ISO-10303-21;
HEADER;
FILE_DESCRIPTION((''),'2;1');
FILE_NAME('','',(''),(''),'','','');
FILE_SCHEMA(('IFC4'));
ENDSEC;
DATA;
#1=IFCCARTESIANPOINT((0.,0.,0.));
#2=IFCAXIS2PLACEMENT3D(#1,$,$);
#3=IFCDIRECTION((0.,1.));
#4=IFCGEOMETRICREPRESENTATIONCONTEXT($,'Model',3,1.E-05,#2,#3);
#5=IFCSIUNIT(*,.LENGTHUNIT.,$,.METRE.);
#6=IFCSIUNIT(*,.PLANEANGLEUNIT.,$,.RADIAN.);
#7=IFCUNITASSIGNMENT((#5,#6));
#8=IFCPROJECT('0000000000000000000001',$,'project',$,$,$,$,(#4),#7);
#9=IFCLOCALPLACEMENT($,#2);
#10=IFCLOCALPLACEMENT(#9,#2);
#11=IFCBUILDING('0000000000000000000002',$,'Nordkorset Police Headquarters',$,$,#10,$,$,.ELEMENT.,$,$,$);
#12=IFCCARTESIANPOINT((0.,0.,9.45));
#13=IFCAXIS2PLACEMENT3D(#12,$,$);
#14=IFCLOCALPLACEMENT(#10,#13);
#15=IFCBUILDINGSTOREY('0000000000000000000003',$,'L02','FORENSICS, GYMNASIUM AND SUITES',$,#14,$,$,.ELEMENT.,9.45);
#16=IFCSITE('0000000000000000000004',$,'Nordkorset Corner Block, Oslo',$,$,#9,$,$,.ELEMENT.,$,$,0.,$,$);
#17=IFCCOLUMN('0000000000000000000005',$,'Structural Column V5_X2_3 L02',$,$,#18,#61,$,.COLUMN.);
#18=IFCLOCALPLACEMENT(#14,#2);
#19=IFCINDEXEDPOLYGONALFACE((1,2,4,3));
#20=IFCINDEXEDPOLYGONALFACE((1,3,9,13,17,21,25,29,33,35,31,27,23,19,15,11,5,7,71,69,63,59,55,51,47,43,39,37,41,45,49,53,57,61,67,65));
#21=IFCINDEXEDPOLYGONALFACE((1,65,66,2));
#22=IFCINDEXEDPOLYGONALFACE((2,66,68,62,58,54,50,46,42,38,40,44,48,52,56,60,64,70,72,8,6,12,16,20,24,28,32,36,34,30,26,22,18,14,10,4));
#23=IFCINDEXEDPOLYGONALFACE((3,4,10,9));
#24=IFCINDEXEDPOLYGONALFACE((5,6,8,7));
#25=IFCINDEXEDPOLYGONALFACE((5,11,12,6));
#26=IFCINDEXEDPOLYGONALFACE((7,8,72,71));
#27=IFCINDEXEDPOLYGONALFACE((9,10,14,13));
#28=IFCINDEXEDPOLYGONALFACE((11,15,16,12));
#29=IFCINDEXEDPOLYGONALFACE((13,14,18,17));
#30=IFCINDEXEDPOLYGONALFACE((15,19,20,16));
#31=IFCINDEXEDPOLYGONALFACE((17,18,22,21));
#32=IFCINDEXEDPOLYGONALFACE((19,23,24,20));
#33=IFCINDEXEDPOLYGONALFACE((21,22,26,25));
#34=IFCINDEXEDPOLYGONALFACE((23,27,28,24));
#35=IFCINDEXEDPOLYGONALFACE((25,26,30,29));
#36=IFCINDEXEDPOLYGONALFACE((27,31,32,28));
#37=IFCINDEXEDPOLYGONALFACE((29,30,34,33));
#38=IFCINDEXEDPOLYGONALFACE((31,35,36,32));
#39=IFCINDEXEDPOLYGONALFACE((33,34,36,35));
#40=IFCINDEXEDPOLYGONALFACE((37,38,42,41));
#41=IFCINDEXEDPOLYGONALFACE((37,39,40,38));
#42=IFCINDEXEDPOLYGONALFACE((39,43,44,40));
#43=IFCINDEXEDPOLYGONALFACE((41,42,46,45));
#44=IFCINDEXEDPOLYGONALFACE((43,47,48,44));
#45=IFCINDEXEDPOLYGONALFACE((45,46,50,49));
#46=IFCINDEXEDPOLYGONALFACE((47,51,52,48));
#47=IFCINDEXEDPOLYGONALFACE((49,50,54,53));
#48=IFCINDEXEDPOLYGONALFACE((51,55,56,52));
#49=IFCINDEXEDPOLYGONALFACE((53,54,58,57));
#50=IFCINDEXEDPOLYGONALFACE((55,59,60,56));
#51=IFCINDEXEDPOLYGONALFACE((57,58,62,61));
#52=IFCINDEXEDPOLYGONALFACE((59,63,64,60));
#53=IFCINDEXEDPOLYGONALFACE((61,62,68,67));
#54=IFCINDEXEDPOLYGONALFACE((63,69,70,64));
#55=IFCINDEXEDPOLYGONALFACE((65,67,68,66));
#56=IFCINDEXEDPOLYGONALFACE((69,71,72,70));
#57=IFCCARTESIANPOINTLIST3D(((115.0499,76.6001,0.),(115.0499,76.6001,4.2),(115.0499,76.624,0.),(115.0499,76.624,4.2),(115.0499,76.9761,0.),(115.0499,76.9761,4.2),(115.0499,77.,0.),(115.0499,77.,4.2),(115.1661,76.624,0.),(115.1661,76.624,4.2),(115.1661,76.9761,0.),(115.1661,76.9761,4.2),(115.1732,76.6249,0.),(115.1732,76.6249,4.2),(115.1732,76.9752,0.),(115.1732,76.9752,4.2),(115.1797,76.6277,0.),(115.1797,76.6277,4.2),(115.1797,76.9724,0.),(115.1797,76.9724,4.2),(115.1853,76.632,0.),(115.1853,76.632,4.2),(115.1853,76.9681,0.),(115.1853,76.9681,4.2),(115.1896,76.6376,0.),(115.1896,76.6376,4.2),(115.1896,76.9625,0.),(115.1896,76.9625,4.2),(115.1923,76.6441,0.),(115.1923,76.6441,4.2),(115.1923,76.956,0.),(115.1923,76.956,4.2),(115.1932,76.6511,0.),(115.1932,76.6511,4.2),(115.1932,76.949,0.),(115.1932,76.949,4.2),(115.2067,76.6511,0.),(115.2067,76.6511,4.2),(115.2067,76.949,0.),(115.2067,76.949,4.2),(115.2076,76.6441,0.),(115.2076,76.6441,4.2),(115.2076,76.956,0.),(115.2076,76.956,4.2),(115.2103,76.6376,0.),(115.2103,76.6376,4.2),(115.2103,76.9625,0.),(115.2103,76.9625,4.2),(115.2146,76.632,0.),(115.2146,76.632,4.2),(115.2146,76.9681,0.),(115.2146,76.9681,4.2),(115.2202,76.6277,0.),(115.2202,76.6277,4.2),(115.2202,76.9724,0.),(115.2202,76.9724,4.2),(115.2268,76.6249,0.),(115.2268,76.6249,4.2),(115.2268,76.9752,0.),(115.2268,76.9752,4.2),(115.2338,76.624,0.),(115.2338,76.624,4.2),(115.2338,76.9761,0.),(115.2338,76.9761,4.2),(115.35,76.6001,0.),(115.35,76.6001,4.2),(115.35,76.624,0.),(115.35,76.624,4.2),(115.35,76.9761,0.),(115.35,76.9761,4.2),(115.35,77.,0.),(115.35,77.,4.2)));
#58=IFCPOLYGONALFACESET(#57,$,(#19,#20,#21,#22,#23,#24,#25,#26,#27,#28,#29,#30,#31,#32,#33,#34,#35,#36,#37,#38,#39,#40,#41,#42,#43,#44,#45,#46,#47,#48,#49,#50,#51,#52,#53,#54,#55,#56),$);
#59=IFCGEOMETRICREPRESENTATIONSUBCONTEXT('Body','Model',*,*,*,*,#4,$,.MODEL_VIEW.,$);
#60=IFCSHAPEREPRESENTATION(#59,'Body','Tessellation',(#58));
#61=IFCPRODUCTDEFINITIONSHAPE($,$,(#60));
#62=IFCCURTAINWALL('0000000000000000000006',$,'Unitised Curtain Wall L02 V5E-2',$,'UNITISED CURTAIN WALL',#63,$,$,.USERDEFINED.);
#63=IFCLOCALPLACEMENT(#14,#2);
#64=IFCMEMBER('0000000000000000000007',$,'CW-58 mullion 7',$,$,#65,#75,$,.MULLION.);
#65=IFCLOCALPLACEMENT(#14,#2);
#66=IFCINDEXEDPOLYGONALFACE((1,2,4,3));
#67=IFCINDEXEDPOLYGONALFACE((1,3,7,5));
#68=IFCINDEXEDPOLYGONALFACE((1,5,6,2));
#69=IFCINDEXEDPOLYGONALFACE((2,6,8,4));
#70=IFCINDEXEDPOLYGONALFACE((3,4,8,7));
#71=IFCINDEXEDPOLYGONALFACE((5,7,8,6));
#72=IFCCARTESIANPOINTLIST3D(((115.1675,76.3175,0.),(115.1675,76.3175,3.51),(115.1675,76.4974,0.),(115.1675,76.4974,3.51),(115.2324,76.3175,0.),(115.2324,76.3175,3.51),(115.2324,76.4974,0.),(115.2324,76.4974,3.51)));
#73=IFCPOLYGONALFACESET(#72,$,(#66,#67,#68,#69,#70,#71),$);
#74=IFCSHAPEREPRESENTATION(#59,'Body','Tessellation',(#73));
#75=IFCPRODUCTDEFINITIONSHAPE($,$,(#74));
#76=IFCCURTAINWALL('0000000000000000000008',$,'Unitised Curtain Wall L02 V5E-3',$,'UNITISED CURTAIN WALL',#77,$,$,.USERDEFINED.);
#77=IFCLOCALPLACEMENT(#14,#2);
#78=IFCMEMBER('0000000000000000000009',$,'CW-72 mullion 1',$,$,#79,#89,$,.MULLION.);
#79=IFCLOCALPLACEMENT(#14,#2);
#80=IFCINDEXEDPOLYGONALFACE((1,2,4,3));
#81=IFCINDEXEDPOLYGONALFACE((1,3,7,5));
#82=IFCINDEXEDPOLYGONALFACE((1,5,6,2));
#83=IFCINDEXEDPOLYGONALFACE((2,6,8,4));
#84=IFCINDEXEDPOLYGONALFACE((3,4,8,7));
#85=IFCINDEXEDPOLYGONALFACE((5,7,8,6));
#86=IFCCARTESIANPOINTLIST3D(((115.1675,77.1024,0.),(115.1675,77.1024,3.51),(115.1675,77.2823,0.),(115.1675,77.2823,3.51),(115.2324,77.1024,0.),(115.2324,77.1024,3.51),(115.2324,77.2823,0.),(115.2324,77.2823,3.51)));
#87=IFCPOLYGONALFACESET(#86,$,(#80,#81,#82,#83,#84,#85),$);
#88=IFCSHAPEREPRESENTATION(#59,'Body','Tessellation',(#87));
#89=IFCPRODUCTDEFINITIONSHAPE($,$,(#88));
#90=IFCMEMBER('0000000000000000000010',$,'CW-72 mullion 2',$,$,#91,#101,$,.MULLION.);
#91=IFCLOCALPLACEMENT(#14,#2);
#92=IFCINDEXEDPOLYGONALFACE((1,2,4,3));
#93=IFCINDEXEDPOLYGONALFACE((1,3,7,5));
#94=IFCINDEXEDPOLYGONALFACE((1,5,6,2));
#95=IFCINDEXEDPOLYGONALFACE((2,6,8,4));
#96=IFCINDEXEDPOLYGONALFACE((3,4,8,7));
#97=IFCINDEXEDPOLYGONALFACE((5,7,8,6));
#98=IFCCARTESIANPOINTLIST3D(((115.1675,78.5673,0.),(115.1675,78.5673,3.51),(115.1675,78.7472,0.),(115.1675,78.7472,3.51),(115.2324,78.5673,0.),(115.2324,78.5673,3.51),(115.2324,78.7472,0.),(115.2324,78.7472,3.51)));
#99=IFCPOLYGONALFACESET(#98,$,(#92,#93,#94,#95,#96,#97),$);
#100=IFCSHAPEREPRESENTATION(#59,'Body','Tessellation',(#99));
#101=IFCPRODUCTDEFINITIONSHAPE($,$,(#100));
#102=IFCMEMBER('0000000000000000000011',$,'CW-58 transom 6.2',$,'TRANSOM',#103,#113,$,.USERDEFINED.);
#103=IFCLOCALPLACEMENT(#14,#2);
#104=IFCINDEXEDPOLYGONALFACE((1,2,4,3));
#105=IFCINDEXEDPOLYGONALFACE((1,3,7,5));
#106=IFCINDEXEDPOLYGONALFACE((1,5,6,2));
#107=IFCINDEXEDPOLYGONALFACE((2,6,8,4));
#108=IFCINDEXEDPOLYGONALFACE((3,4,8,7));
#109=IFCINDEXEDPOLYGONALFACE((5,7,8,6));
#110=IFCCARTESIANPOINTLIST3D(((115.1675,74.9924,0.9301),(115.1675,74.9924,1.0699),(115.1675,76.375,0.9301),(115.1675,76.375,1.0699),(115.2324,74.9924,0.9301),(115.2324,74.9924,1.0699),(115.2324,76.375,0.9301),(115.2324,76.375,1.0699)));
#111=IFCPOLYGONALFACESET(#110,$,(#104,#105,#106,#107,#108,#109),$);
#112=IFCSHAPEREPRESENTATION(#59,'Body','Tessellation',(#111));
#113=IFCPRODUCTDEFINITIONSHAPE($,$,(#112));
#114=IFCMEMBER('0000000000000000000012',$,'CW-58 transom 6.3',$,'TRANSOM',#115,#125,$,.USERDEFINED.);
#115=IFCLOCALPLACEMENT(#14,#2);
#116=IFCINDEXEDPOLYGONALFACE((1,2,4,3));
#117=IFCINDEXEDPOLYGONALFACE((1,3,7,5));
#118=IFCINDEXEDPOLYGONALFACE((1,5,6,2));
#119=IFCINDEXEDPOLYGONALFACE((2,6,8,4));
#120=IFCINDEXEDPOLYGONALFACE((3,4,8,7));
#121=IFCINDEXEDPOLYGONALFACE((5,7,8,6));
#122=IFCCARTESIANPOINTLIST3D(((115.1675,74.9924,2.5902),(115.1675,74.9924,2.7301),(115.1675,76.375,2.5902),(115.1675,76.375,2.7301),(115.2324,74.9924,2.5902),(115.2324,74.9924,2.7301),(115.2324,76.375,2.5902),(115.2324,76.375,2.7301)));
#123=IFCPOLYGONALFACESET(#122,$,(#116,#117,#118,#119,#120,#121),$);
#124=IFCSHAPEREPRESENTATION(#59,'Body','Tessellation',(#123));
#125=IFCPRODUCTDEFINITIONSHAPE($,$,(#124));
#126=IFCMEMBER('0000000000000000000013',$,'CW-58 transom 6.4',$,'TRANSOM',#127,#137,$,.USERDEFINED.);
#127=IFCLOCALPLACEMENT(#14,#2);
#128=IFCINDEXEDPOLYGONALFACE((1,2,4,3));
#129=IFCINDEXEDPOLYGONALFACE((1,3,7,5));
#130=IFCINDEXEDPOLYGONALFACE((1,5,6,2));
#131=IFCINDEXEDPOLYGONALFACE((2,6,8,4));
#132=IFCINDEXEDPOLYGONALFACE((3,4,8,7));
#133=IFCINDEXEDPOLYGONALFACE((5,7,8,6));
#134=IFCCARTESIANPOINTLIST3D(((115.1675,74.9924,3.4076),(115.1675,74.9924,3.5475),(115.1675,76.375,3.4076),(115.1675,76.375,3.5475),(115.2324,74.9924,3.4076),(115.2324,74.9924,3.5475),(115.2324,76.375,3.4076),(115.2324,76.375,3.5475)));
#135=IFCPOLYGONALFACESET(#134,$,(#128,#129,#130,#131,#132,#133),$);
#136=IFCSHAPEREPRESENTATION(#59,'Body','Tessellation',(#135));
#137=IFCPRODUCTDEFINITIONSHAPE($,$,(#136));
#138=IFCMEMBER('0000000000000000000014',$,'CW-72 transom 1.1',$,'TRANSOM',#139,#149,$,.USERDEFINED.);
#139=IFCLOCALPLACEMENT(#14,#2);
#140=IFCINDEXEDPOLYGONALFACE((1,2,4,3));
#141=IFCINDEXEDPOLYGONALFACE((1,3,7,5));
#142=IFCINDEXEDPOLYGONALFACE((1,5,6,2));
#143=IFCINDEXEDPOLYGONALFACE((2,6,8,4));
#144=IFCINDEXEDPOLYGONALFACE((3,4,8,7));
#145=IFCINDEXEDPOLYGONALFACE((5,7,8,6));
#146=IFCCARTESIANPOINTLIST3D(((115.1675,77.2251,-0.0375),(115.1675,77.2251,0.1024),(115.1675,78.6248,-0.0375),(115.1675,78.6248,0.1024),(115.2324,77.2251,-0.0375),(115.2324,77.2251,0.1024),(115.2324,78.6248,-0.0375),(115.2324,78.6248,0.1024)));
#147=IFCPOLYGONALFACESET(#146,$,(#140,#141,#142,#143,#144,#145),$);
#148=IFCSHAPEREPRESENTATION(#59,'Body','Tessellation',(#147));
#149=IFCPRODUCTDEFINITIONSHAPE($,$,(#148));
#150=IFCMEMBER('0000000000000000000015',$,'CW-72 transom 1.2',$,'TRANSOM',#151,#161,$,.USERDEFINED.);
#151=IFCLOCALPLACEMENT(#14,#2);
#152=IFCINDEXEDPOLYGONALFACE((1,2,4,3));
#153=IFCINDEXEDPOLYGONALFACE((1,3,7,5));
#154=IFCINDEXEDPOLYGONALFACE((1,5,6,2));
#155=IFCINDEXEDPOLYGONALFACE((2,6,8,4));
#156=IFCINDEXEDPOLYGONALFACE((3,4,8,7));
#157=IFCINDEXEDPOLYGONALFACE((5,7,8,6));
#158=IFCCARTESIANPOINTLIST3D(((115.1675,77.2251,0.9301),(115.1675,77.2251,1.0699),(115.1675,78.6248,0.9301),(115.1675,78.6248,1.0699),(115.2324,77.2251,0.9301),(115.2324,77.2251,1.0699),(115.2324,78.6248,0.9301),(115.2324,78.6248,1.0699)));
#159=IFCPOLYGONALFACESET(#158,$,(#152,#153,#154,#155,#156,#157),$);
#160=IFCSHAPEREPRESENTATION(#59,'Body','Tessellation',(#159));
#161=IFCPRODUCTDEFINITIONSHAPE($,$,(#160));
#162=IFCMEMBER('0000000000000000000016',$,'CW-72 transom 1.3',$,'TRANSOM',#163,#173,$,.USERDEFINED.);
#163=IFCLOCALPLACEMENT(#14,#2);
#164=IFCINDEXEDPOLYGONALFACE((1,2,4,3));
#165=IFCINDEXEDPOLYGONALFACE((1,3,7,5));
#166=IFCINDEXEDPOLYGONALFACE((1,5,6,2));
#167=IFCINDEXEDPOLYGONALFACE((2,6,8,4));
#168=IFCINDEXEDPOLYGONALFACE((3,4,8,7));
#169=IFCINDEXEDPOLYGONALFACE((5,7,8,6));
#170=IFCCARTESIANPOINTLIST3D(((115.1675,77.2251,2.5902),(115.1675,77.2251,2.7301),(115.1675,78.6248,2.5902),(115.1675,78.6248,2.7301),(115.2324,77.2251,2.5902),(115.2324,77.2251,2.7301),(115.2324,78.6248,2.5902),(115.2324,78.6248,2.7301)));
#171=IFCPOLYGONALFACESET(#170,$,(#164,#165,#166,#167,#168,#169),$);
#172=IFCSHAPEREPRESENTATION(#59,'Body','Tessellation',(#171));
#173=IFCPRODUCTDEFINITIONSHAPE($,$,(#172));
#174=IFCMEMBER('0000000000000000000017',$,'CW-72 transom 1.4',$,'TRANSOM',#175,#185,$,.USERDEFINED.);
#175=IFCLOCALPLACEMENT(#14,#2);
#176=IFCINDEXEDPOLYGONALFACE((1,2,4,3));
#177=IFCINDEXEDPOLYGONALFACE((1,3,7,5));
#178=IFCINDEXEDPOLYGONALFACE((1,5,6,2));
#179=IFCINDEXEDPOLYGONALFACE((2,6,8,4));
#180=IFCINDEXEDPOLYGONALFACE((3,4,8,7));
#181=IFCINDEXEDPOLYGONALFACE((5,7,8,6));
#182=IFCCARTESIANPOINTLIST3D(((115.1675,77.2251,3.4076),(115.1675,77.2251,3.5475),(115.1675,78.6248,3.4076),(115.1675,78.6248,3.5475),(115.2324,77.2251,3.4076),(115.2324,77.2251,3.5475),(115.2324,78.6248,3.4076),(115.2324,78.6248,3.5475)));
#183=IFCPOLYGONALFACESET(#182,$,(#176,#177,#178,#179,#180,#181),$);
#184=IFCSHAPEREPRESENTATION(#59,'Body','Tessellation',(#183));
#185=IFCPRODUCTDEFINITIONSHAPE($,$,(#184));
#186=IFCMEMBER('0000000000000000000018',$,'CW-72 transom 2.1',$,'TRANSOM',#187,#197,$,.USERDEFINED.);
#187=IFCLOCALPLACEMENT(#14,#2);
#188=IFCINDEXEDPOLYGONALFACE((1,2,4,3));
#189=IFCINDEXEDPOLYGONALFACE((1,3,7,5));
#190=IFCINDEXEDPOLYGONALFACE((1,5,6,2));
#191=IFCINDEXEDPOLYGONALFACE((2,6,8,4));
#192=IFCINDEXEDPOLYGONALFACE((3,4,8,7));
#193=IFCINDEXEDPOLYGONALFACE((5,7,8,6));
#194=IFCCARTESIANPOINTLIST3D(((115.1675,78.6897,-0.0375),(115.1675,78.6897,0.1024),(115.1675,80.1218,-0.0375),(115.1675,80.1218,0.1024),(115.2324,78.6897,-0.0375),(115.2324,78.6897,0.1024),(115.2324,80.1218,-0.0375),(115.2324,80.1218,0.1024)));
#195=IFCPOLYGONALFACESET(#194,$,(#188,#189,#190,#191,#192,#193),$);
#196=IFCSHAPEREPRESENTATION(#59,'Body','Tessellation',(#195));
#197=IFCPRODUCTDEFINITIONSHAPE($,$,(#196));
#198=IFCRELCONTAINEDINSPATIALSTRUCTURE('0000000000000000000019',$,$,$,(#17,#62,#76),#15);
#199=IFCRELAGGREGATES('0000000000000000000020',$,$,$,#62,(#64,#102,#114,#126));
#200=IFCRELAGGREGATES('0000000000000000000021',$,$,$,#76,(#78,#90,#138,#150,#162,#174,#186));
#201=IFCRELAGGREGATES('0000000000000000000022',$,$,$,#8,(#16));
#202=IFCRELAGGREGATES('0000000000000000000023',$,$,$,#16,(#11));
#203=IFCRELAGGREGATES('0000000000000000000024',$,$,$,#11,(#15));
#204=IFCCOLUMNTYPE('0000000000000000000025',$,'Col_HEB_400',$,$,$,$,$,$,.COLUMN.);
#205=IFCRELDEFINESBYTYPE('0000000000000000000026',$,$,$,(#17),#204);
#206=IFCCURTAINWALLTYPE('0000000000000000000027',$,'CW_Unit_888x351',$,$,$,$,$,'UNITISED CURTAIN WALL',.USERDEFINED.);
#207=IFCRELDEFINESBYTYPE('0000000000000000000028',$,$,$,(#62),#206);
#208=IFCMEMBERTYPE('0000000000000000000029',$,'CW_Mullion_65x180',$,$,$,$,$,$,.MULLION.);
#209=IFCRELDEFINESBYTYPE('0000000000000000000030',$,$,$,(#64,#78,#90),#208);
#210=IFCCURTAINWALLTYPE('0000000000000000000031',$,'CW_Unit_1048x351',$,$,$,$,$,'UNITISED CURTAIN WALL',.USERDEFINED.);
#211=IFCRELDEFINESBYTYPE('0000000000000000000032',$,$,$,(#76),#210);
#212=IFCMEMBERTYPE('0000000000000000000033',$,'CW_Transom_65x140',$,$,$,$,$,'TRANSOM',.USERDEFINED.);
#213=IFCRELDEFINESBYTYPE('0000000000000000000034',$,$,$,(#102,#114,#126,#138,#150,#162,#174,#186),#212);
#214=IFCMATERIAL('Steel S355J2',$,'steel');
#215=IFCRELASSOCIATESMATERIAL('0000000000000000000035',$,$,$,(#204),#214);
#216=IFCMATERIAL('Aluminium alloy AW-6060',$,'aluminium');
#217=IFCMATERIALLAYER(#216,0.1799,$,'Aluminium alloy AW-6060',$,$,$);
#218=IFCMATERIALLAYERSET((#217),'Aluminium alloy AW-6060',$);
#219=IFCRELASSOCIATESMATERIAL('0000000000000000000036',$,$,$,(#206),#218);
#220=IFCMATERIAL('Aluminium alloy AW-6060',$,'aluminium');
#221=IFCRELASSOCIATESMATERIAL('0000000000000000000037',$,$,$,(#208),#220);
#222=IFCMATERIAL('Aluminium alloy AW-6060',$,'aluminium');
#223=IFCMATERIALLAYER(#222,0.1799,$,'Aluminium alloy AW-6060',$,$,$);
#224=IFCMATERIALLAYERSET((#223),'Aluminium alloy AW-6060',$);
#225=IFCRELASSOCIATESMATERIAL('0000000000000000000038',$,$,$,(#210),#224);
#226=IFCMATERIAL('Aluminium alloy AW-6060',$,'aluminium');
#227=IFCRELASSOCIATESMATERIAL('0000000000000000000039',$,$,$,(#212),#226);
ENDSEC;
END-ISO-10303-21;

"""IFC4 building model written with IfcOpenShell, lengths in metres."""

from ifc_helpers import new_model, si_unit, direction, frame, origin, origin_2d, place, context, subcontext, project, spatial, rectangle, i_section, extrude, material, layer, layer_set, material_profile, profile_set, type_object, element, aggregate, save


model = new_model("IFC4")

# Units and contexts
model_context = context("Model", 3, precision=1e-05, world=origin(), true_north=direction((0.0, 1.0)))
body_context = subcontext(model_context, "Body", "Model", "MODEL_VIEW")
ifc_project = project(units=[si_unit("LENGTHUNIT", "METRE"), si_unit("PLANEANGLEUNIT", "RADIAN")], contexts=[model_context])

# Site, building, storey
site_placement = place(None, origin())
site = spatial("IfcSite", under=ifc_project, at=site_placement, Name="Nordkorset Corner Block, Oslo", CompositionType="ELEMENT", RefElevation=0.0)
building_placement = place(site_placement, origin())
building = spatial("IfcBuilding", under=site, at=building_placement, Name="Nordkorset Police Headquarters", CompositionType="ELEMENT")
storey_placement = place(building_placement, frame((0.0, 0.0, 9.45)))
storey = spatial("IfcBuildingStorey", under=building, at=storey_placement, Name="L02", Description="FORENSICS, GYMNASIUM AND SUITES", CompositionType="ELEMENT", Elevation=9.45)

# Column
ifc_material_1 = material(Name="Steel S355J2", Category="steel")
ifc_material_profile_1 = material_profile(ifc_material_1, i_section(OverallWidth=0.3, OverallDepth=0.3999, WebThickness=0.0134, FlangeThickness=0.0239, FilletRadius=0.0271, at=origin_2d()), Name="HEB 400")
ifc_profile_set_1 = profile_set([ifc_material_profile_1], Name="Steel S355J2")
column_type = type_object("IfcColumnType", Name="Col_HEB_400", PredefinedType="COLUMN", material=ifc_profile_set_1)
column_placement = place(storey_placement, frame((115.2, 76.8, 0.0), z_axis=(0.0, 0.0, 1.0), x_axis=(1.0, 0.0, 0.0)))
element("IfcColumn", 1, at=column_placement, inside=storey, type_object=column_type, Name="Structural Column V5_X2_3 L02", PredefinedType="COLUMN", context=body_context, shape_type="SweptSolid", body=[
    extrude(i_section(OverallWidth=0.3, OverallDepth=0.3999, WebThickness=0.0134, FlangeThickness=0.0239, FilletRadius=0.0271, at=origin_2d()), origin(), (0.0, 0.0, 1.0), 4.2),
])

# Curtain wall, member
ifc_material_2 = material(Name="Aluminium alloy AW-6060", Category="aluminium")
ifc_layer_1 = layer(ifc_material_2, 0.1799, Name="Aluminium alloy AW-6060")
ifc_layer_set_1 = layer_set([ifc_layer_1], Name="Aluminium alloy AW-6060")
curtain_wall_type_1 = type_object("IfcCurtainWallType", Name="CW_Unit_888x351", ElementType="UNITISED CURTAIN WALL", PredefinedType="USERDEFINED", material=ifc_layer_set_1)
curtain_wall_1_placement = place(storey_placement, origin())
curtain_wall_1 = element("IfcCurtainWall", 2, at=curtain_wall_1_placement, inside=storey, type_object=curtain_wall_type_1, Name="Unitised Curtain Wall L02 V5E-2", ObjectType="UNITISED CURTAIN WALL", PredefinedType="USERDEFINED")
ifc_material_3 = material(Name="Aluminium alloy AW-6060", Category="aluminium")
ifc_material_profile_2 = material_profile(ifc_material_3, rectangle(XDim=0.0649, YDim=0.1799, at=origin_2d()), Name="ALU MULL 65x180")
ifc_profile_set_2 = profile_set([ifc_material_profile_2], Name="Aluminium alloy AW-6060")
member_type_1 = type_object("IfcMemberType", Name="CW_Mullion_65x180", PredefinedType="MULLION", material=ifc_profile_set_2)
member_1_placement = place(storey_placement, frame((115.2, 76.4075, 0.0), z_axis=(0.0, 0.0, 1.0), x_axis=(-1.0, 0.0, 0.0)))
member_1 = element("IfcMember", 3, at=member_1_placement, type_object=member_type_1, Name="CW-58 mullion 7", PredefinedType="MULLION", context=body_context, shape_type="SweptSolid", body=[
    extrude(rectangle(XDim=0.0649, YDim=0.1799, at=origin_2d()), origin(), (0.0, 0.0, 1.0), 3.51),
])

# Curtain wall, members
ifc_material_4 = material(Name="Aluminium alloy AW-6060", Category="aluminium")
ifc_layer_2 = layer(ifc_material_4, 0.1799, Name="Aluminium alloy AW-6060")
ifc_layer_set_2 = layer_set([ifc_layer_2], Name="Aluminium alloy AW-6060")
curtain_wall_type_2 = type_object("IfcCurtainWallType", Name="CW_Unit_1048x351", ElementType="UNITISED CURTAIN WALL", PredefinedType="USERDEFINED", material=ifc_layer_set_2)
curtain_wall_2_placement = place(storey_placement, origin())
curtain_wall_2 = element("IfcCurtainWall", 4, at=curtain_wall_2_placement, inside=storey, type_object=curtain_wall_type_2, Name="Unitised Curtain Wall L02 V5E-3", ObjectType="UNITISED CURTAIN WALL", PredefinedType="USERDEFINED")
member_2_placement = place(storey_placement, frame((115.2, 77.1924, 0.0), z_axis=(0.0, 0.0, 1.0), x_axis=(-1.0, 0.0, 0.0)))
member_2 = element("IfcMember", 5, at=member_2_placement, type_object=member_type_1, Name="CW-72 mullion 1", PredefinedType="MULLION", context=body_context, shape_type="SweptSolid", body=[
    extrude(rectangle(XDim=0.0649, YDim=0.1799, at=origin_2d()), origin(), (0.0, 0.0, 1.0), 3.51),
])
member_3_placement = place(storey_placement, frame((115.2, 78.6572, 0.0), z_axis=(0.0, 0.0, 1.0), x_axis=(-1.0, 0.0, 0.0)))
member_3 = element("IfcMember", 6, at=member_3_placement, type_object=member_type_1, Name="CW-72 mullion 2", PredefinedType="MULLION", context=body_context, shape_type="SweptSolid", body=[
    extrude(rectangle(XDim=0.0649, YDim=0.1799, at=origin_2d()), origin(), (0.0, 0.0, 1.0), 3.51),
])

# Members
ifc_material_5 = material(Name="Aluminium alloy AW-6060", Category="aluminium")
ifc_material_profile_3 = material_profile(ifc_material_5, rectangle(XDim=0.0649, YDim=0.1399, at=origin_2d()), Name="ALU TRAN 65x140")
ifc_profile_set_3 = profile_set([ifc_material_profile_3], Name="Aluminium alloy AW-6060")
member_type_2 = type_object("IfcMemberType", Name="CW_Transom_65x140", ElementType="TRANSOM", PredefinedType="USERDEFINED", material=ifc_profile_set_3)
member_4_placement = place(storey_placement, frame((115.2, 74.9924, 1.0), z_axis=(0.0, 1.0, 0.0), x_axis=(-1.0, 0.0, 0.0)))
member_4 = element("IfcMember", 7, at=member_4_placement, type_object=member_type_2, Name="CW-58 transom 6.2", ObjectType="TRANSOM", PredefinedType="USERDEFINED", context=body_context, shape_type="SweptSolid", body=[
    extrude(rectangle(XDim=0.0649, YDim=0.1399, at=origin_2d()), origin(), (0.0, 0.0, 1.0), 1.3826),
])
member_5_placement = place(storey_placement, frame((115.2, 74.9924, 2.6602), z_axis=(0.0, 1.0, 0.0), x_axis=(-1.0, 0.0, 0.0)))
member_5 = element("IfcMember", 8, at=member_5_placement, type_object=member_type_2, Name="CW-58 transom 6.3", ObjectType="TRANSOM", PredefinedType="USERDEFINED", context=body_context, shape_type="SweptSolid", body=[
    extrude(rectangle(XDim=0.0649, YDim=0.1399, at=origin_2d()), origin(), (0.0, 0.0, 1.0), 1.3826),
])
member_6_placement = place(storey_placement, frame((115.2, 74.9924, 3.4775), z_axis=(0.0, 1.0, 0.0), x_axis=(-1.0, 0.0, 0.0)))
member_6 = element("IfcMember", 9, at=member_6_placement, type_object=member_type_2, Name="CW-58 transom 6.4", ObjectType="TRANSOM", PredefinedType="USERDEFINED", context=body_context, shape_type="SweptSolid", body=[
    extrude(rectangle(XDim=0.0649, YDim=0.1399, at=origin_2d()), origin(), (0.0, 0.0, 1.0), 1.3826),
])
member_7_placement = place(storey_placement, frame((115.2, 77.2251, 0.0325), z_axis=(0.0, 1.0, 0.0), x_axis=(-1.0, 0.0, 0.0)))
member_7 = element("IfcMember", 10, at=member_7_placement, type_object=member_type_2, Name="CW-72 transom 1.1", ObjectType="TRANSOM", PredefinedType="USERDEFINED", context=body_context, shape_type="SweptSolid", body=[
    extrude(rectangle(XDim=0.0649, YDim=0.1399, at=origin_2d()), origin(), (0.0, 0.0, 1.0), 1.3997),
])
member_8_placement = place(storey_placement, frame((115.2, 77.2251, 1.0), z_axis=(0.0, 1.0, 0.0), x_axis=(-1.0, 0.0, 0.0)))
member_8 = element("IfcMember", 11, at=member_8_placement, type_object=member_type_2, Name="CW-72 transom 1.2", ObjectType="TRANSOM", PredefinedType="USERDEFINED", context=body_context, shape_type="SweptSolid", body=[
    extrude(rectangle(XDim=0.0649, YDim=0.1399, at=origin_2d()), origin(), (0.0, 0.0, 1.0), 1.3997),
])
member_9_placement = place(storey_placement, frame((115.2, 77.2251, 2.6602), z_axis=(0.0, 1.0, 0.0), x_axis=(-1.0, 0.0, 0.0)))
member_9 = element("IfcMember", 12, at=member_9_placement, type_object=member_type_2, Name="CW-72 transom 1.3", ObjectType="TRANSOM", PredefinedType="USERDEFINED", context=body_context, shape_type="SweptSolid", body=[
    extrude(rectangle(XDim=0.0649, YDim=0.1399, at=origin_2d()), origin(), (0.0, 0.0, 1.0), 1.3997),
])
member_10_placement = place(storey_placement, frame((115.2, 77.2251, 3.4775), z_axis=(0.0, 1.0, 0.0), x_axis=(-1.0, 0.0, 0.0)))
member_10 = element("IfcMember", 13, at=member_10_placement, type_object=member_type_2, Name="CW-72 transom 1.4", ObjectType="TRANSOM", PredefinedType="USERDEFINED", context=body_context, shape_type="SweptSolid", body=[
    extrude(rectangle(XDim=0.0649, YDim=0.1399, at=origin_2d()), origin(), (0.0, 0.0, 1.0), 1.3997),
])
member_11_placement = place(storey_placement, frame((115.2, 78.6897, 0.0325), z_axis=(0.0, 1.0, 0.0), x_axis=(-1.0, 0.0, 0.0)))
member_11 = element("IfcMember", 14, at=member_11_placement, type_object=member_type_2, Name="CW-72 transom 2.1", ObjectType="TRANSOM", PredefinedType="USERDEFINED", context=body_context, shape_type="SweptSolid", body=[
    extrude(rectangle(XDim=0.0649, YDim=0.1399, at=origin_2d()), origin(), (0.0, 0.0, 1.0), 1.4321),
])

aggregate(curtain_wall_1, [member_1, member_4, member_5, member_6])
aggregate(curtain_wall_2, [member_2, member_3, member_7, member_8, member_9, member_10, member_11])

save(model, "model.ifc")
